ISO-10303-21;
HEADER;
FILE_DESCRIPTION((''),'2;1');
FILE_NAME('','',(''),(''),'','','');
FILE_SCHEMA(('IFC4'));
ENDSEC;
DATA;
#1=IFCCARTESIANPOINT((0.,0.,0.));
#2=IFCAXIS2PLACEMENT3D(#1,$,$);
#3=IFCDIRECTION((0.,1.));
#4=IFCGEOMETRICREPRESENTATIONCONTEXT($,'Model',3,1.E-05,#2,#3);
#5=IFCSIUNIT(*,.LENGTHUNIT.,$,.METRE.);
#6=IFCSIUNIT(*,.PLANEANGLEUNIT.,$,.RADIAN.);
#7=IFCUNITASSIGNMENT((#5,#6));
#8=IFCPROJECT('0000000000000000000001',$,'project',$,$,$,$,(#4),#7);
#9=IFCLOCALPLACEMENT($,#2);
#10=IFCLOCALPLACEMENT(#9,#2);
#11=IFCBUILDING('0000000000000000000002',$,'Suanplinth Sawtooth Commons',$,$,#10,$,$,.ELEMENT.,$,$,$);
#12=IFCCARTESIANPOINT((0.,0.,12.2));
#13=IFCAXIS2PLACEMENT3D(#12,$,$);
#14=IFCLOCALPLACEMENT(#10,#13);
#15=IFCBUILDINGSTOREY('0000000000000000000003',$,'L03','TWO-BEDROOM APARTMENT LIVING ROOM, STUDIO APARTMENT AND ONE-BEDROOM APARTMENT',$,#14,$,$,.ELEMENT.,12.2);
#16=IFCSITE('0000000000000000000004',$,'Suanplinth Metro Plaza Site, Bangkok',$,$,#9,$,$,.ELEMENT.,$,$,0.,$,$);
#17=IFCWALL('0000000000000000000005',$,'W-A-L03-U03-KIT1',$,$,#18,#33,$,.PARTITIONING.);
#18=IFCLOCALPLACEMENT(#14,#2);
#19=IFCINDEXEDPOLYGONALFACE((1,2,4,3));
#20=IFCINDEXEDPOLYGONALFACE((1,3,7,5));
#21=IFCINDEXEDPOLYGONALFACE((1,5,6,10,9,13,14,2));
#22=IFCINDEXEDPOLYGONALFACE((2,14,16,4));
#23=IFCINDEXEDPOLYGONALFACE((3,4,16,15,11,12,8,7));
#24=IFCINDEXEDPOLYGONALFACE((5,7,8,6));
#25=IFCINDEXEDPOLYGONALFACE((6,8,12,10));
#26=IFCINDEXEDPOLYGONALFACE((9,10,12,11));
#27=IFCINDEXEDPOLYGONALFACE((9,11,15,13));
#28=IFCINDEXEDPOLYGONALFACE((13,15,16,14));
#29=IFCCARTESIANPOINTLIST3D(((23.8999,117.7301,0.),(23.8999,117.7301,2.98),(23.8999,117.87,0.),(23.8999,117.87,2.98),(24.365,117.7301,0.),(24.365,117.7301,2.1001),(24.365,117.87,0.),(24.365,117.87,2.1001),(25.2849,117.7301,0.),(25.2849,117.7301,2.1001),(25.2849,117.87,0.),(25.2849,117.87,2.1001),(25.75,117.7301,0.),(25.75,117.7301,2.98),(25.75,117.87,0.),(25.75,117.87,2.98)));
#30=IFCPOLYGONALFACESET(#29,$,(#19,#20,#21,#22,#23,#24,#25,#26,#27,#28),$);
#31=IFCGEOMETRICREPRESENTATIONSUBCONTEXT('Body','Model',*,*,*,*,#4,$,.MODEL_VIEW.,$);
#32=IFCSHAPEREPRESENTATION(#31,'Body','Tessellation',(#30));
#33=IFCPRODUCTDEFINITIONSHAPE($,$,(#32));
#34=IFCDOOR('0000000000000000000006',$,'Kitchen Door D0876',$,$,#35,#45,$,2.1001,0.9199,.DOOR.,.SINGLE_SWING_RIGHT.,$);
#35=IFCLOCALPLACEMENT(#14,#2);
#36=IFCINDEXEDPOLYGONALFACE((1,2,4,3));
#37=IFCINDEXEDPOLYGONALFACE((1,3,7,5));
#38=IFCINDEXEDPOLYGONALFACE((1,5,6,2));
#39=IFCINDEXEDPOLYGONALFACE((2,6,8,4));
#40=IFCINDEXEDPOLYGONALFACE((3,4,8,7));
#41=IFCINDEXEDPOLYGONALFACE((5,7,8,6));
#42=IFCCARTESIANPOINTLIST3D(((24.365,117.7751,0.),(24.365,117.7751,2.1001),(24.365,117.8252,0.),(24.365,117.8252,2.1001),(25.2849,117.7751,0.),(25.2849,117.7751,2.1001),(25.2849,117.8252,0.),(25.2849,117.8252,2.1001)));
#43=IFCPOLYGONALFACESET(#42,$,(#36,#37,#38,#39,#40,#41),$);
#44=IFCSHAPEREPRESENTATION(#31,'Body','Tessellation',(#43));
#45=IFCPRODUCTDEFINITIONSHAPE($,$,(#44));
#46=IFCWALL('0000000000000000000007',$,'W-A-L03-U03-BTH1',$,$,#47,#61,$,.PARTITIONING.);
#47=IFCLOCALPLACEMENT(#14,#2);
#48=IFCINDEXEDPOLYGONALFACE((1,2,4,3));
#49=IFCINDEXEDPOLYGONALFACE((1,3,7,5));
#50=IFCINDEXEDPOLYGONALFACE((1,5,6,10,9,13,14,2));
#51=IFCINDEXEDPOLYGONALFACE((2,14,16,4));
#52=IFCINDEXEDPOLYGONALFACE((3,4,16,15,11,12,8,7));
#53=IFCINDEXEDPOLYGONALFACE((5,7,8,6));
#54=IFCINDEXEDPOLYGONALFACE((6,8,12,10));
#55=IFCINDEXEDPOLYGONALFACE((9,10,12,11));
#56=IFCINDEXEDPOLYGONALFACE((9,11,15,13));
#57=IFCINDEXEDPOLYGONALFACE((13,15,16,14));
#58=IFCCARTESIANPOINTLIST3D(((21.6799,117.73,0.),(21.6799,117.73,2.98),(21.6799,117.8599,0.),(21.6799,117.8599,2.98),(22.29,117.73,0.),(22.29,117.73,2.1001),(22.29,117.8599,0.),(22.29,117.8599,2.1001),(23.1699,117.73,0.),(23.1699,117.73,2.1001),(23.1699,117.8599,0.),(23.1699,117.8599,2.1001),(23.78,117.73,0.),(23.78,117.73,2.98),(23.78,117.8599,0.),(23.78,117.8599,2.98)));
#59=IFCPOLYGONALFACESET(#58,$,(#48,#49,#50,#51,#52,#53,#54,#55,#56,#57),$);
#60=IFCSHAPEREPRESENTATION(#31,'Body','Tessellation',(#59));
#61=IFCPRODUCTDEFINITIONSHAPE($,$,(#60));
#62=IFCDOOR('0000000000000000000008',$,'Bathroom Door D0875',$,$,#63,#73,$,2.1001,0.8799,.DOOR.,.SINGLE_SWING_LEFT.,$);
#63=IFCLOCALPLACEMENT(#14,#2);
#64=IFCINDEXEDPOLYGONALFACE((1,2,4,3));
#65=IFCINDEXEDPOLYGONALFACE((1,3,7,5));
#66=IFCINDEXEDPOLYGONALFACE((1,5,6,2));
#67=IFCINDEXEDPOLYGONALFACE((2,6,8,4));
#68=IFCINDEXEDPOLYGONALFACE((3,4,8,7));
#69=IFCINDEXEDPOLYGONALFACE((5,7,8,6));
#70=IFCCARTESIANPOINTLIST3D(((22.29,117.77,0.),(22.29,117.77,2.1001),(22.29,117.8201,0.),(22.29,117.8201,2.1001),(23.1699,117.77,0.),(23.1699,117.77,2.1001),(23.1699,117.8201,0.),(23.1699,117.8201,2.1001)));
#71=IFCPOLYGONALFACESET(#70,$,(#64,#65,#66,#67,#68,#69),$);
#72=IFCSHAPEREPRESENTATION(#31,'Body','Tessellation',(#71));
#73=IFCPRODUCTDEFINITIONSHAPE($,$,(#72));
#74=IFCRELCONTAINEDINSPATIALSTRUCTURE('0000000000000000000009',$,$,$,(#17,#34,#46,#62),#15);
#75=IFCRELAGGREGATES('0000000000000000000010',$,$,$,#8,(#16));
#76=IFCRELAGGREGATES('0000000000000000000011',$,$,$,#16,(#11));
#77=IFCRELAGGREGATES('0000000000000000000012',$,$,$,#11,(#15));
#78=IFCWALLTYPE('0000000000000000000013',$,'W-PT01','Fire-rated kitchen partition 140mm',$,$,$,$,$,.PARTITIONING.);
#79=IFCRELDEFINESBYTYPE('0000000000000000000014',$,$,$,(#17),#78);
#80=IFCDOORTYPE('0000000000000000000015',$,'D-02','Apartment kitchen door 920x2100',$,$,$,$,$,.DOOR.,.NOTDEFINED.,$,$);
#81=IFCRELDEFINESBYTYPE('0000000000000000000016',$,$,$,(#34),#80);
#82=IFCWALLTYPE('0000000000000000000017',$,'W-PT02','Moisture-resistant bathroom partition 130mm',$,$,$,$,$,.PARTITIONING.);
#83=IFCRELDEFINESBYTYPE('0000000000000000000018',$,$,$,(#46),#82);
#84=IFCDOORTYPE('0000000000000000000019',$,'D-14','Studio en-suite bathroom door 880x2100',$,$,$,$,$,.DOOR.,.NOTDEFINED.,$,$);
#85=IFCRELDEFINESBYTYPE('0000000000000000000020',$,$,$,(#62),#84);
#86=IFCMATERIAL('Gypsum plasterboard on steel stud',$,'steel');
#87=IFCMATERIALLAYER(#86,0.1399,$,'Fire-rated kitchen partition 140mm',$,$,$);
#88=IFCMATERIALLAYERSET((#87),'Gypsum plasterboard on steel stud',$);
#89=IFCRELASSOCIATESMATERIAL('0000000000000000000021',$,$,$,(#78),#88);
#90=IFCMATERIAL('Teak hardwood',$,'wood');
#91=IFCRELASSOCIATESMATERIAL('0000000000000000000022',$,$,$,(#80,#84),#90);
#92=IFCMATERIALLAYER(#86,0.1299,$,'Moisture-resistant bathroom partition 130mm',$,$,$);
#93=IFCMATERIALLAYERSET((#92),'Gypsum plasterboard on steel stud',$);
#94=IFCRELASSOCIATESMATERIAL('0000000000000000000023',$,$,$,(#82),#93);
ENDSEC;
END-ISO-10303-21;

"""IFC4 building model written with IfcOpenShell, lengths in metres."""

from ifc_helpers import new_model, si_unit, direction, frame, frame_2d, origin, place, context, subcontext, project, spatial, rectangle, extrude, material, layer, layer_set, type_object, element, fill, save


model = new_model("IFC4")

# Units and contexts
model_context = context("Model", 3, precision=1e-05, world=origin(), true_north=direction((0.0, 1.0)))
body_context = subcontext(model_context, "Body", "Model", "MODEL_VIEW")
ifc_project = project(units=[si_unit("LENGTHUNIT", "METRE"), si_unit("PLANEANGLEUNIT", "RADIAN")], contexts=[model_context])

# Site, building, storey
site_placement = place(None, origin())
site = spatial("IfcSite", under=ifc_project, at=site_placement, Name="Suanplinth Metro Plaza Site, Bangkok", CompositionType="ELEMENT", RefElevation=0.0)
building_placement = place(site_placement, origin())
building = spatial("IfcBuilding", under=site, at=building_placement, Name="Suanplinth Sawtooth Commons", CompositionType="ELEMENT")
storey_placement = place(building_placement, frame((0.0, 0.0, 12.2)))
storey = spatial("IfcBuildingStorey", under=building, at=storey_placement, Name="L03", Description="TWO-BEDROOM APARTMENT LIVING ROOM, STUDIO APARTMENT AND ONE-BEDROOM APARTMENT", CompositionType="ELEMENT", Elevation=12.2)

# Walls, openings, doors
ifc_material_1 = material(Name="Gypsum plasterboard on steel stud", Category="steel")
ifc_layer_1 = layer(ifc_material_1, 0.1399, Name="Fire-rated kitchen partition 140mm")
ifc_layer_set_1 = layer_set([ifc_layer_1], Name="Gypsum plasterboard on steel stud")
wall_type_1 = type_object("IfcWallType", Name="W-PT01", Description="Fire-rated kitchen partition 140mm", PredefinedType="PARTITIONING", material=ifc_layer_set_1)
wall_1_placement = place(storey_placement, frame((23.8999, 117.8, 0.0), z_axis=(0.0, 0.0, 1.0), x_axis=(1.0, 0.0, 0.0)))
wall_1 = element("IfcWall", 1, at=wall_1_placement, inside=storey, type_object=wall_type_1, Name="W-A-L03-U03-KIT1", PredefinedType="PARTITIONING", context=body_context, shape_type="SweptSolid", body=[
    extrude(rectangle(XDim=1.8501, YDim=0.1399, at=frame_2d((0.925, 0.0))), origin(), (0.0, 0.0, 1.0), 2.98),
])
opening_1_placement = place(wall_1_placement, frame((0.4651, 0.0, 0.0)))
opening_1 = element("IfcOpeningElement", 2, at=opening_1_placement, cuts=wall_1, PredefinedType="OPENING", context=body_context, shape_type="SweptSolid", body=[
    extrude(rectangle(XDim=0.9199, YDim=2.1001, at=frame_2d((0.46, 1.05))), frame((0.0, 0.085, 0.0), z_axis=(0.0, -1.0, 0.0), x_axis=(1.0, 0.0, 0.0)), (0.0, 0.0, 1.0), 0.1697),
])
ifc_material_2 = material(Name="Teak hardwood", Category="wood")
door_type_1 = type_object("IfcDoorType", Name="D-02", Description="Apartment kitchen door 920x2100", OperationType="NOTDEFINED", PredefinedType="DOOR", material=ifc_material_2)
door_1_placement = place(opening_1_placement, frame((0.9199, 0.0, 0.0), z_axis=(0.0, 0.0, 1.0), x_axis=(-1.0, 0.0, 0.0)))
door_1 = element("IfcDoor", 3, at=door_1_placement, inside=storey, type_object=door_type_1, Name="Kitchen Door D0876", OperationType="SINGLE_SWING_RIGHT", OverallHeight=2.1001, OverallWidth=0.9199, PredefinedType="DOOR", context=body_context, shape_type="SweptSolid", body=[
    extrude(rectangle(XDim=0.9199, YDim=2.1001, at=frame_2d((0.46, 1.05))), frame((0.0, 0.0249, 0.0), z_axis=(0.0, -1.0, 0.0), x_axis=(1.0, 0.0, 0.0)), (0.0, 0.0, 1.0), 0.05),
])
fill(opening_1, door_1)
ifc_layer_2 = layer(ifc_material_1, 0.1299, Name="Moisture-resistant bathroom partition 130mm")
ifc_layer_set_2 = layer_set([ifc_layer_2], Name="Gypsum plasterboard on steel stud")
wall_type_2 = type_object("IfcWallType", Name="W-PT02", Description="Moisture-resistant bathroom partition 130mm", PredefinedType="PARTITIONING", material=ifc_layer_set_2)
wall_2_placement = place(storey_placement, frame((21.6799, 117.7949, 0.0), z_axis=(0.0, 0.0, 1.0), x_axis=(1.0, 0.0, 0.0)))
wall_2 = element("IfcWall", 4, at=wall_2_placement, inside=storey, type_object=wall_type_2, Name="W-A-L03-U03-BTH1", PredefinedType="PARTITIONING", context=body_context, shape_type="SweptSolid", body=[
    extrude(rectangle(XDim=2.1001, YDim=0.1299, at=frame_2d((1.05, 0.0))), origin(), (0.0, 0.0, 1.0), 2.98),
])
opening_2_placement = place(wall_2_placement, frame((0.6101, 0.0, 0.0)))
opening_2 = element("IfcOpeningElement", 5, at=opening_2_placement, cuts=wall_2, PredefinedType="OPENING", context=body_context, shape_type="SweptSolid", body=[
    extrude(rectangle(XDim=0.8799, YDim=2.1001, at=frame_2d((0.4399, 1.05))), frame((0.0, 0.0798, 0.0), z_axis=(0.0, -1.0, 0.0), x_axis=(1.0, 0.0, 0.0)), (0.0, 0.0, 1.0), 0.1597),
])
door_type_2 = type_object("IfcDoorType", Name="D-14", Description="Studio en-suite bathroom door 880x2100", OperationType="NOTDEFINED", PredefinedType="DOOR", material=ifc_material_2)
door_2_placement = place(opening_2_placement, frame((0.8799, 0.0, 0.0), z_axis=(0.0, 0.0, 1.0), x_axis=(-1.0, 0.0, 0.0)))
door_2 = element("IfcDoor", 6, at=door_2_placement, inside=storey, type_object=door_type_2, Name="Bathroom Door D0875", OperationType="SINGLE_SWING_LEFT", OverallHeight=2.1001, OverallWidth=0.8799, PredefinedType="DOOR", context=body_context, shape_type="SweptSolid", body=[
    extrude(rectangle(XDim=0.8799, YDim=2.1001, at=frame_2d((0.4399, 1.05))), frame((0.0, 0.0249, 0.0), z_axis=(0.0, -1.0, 0.0), x_axis=(1.0, 0.0, 0.0)), (0.0, 0.0, 1.0), 0.05),
])
fill(opening_2, door_2)

save(model, "model.ifc")
